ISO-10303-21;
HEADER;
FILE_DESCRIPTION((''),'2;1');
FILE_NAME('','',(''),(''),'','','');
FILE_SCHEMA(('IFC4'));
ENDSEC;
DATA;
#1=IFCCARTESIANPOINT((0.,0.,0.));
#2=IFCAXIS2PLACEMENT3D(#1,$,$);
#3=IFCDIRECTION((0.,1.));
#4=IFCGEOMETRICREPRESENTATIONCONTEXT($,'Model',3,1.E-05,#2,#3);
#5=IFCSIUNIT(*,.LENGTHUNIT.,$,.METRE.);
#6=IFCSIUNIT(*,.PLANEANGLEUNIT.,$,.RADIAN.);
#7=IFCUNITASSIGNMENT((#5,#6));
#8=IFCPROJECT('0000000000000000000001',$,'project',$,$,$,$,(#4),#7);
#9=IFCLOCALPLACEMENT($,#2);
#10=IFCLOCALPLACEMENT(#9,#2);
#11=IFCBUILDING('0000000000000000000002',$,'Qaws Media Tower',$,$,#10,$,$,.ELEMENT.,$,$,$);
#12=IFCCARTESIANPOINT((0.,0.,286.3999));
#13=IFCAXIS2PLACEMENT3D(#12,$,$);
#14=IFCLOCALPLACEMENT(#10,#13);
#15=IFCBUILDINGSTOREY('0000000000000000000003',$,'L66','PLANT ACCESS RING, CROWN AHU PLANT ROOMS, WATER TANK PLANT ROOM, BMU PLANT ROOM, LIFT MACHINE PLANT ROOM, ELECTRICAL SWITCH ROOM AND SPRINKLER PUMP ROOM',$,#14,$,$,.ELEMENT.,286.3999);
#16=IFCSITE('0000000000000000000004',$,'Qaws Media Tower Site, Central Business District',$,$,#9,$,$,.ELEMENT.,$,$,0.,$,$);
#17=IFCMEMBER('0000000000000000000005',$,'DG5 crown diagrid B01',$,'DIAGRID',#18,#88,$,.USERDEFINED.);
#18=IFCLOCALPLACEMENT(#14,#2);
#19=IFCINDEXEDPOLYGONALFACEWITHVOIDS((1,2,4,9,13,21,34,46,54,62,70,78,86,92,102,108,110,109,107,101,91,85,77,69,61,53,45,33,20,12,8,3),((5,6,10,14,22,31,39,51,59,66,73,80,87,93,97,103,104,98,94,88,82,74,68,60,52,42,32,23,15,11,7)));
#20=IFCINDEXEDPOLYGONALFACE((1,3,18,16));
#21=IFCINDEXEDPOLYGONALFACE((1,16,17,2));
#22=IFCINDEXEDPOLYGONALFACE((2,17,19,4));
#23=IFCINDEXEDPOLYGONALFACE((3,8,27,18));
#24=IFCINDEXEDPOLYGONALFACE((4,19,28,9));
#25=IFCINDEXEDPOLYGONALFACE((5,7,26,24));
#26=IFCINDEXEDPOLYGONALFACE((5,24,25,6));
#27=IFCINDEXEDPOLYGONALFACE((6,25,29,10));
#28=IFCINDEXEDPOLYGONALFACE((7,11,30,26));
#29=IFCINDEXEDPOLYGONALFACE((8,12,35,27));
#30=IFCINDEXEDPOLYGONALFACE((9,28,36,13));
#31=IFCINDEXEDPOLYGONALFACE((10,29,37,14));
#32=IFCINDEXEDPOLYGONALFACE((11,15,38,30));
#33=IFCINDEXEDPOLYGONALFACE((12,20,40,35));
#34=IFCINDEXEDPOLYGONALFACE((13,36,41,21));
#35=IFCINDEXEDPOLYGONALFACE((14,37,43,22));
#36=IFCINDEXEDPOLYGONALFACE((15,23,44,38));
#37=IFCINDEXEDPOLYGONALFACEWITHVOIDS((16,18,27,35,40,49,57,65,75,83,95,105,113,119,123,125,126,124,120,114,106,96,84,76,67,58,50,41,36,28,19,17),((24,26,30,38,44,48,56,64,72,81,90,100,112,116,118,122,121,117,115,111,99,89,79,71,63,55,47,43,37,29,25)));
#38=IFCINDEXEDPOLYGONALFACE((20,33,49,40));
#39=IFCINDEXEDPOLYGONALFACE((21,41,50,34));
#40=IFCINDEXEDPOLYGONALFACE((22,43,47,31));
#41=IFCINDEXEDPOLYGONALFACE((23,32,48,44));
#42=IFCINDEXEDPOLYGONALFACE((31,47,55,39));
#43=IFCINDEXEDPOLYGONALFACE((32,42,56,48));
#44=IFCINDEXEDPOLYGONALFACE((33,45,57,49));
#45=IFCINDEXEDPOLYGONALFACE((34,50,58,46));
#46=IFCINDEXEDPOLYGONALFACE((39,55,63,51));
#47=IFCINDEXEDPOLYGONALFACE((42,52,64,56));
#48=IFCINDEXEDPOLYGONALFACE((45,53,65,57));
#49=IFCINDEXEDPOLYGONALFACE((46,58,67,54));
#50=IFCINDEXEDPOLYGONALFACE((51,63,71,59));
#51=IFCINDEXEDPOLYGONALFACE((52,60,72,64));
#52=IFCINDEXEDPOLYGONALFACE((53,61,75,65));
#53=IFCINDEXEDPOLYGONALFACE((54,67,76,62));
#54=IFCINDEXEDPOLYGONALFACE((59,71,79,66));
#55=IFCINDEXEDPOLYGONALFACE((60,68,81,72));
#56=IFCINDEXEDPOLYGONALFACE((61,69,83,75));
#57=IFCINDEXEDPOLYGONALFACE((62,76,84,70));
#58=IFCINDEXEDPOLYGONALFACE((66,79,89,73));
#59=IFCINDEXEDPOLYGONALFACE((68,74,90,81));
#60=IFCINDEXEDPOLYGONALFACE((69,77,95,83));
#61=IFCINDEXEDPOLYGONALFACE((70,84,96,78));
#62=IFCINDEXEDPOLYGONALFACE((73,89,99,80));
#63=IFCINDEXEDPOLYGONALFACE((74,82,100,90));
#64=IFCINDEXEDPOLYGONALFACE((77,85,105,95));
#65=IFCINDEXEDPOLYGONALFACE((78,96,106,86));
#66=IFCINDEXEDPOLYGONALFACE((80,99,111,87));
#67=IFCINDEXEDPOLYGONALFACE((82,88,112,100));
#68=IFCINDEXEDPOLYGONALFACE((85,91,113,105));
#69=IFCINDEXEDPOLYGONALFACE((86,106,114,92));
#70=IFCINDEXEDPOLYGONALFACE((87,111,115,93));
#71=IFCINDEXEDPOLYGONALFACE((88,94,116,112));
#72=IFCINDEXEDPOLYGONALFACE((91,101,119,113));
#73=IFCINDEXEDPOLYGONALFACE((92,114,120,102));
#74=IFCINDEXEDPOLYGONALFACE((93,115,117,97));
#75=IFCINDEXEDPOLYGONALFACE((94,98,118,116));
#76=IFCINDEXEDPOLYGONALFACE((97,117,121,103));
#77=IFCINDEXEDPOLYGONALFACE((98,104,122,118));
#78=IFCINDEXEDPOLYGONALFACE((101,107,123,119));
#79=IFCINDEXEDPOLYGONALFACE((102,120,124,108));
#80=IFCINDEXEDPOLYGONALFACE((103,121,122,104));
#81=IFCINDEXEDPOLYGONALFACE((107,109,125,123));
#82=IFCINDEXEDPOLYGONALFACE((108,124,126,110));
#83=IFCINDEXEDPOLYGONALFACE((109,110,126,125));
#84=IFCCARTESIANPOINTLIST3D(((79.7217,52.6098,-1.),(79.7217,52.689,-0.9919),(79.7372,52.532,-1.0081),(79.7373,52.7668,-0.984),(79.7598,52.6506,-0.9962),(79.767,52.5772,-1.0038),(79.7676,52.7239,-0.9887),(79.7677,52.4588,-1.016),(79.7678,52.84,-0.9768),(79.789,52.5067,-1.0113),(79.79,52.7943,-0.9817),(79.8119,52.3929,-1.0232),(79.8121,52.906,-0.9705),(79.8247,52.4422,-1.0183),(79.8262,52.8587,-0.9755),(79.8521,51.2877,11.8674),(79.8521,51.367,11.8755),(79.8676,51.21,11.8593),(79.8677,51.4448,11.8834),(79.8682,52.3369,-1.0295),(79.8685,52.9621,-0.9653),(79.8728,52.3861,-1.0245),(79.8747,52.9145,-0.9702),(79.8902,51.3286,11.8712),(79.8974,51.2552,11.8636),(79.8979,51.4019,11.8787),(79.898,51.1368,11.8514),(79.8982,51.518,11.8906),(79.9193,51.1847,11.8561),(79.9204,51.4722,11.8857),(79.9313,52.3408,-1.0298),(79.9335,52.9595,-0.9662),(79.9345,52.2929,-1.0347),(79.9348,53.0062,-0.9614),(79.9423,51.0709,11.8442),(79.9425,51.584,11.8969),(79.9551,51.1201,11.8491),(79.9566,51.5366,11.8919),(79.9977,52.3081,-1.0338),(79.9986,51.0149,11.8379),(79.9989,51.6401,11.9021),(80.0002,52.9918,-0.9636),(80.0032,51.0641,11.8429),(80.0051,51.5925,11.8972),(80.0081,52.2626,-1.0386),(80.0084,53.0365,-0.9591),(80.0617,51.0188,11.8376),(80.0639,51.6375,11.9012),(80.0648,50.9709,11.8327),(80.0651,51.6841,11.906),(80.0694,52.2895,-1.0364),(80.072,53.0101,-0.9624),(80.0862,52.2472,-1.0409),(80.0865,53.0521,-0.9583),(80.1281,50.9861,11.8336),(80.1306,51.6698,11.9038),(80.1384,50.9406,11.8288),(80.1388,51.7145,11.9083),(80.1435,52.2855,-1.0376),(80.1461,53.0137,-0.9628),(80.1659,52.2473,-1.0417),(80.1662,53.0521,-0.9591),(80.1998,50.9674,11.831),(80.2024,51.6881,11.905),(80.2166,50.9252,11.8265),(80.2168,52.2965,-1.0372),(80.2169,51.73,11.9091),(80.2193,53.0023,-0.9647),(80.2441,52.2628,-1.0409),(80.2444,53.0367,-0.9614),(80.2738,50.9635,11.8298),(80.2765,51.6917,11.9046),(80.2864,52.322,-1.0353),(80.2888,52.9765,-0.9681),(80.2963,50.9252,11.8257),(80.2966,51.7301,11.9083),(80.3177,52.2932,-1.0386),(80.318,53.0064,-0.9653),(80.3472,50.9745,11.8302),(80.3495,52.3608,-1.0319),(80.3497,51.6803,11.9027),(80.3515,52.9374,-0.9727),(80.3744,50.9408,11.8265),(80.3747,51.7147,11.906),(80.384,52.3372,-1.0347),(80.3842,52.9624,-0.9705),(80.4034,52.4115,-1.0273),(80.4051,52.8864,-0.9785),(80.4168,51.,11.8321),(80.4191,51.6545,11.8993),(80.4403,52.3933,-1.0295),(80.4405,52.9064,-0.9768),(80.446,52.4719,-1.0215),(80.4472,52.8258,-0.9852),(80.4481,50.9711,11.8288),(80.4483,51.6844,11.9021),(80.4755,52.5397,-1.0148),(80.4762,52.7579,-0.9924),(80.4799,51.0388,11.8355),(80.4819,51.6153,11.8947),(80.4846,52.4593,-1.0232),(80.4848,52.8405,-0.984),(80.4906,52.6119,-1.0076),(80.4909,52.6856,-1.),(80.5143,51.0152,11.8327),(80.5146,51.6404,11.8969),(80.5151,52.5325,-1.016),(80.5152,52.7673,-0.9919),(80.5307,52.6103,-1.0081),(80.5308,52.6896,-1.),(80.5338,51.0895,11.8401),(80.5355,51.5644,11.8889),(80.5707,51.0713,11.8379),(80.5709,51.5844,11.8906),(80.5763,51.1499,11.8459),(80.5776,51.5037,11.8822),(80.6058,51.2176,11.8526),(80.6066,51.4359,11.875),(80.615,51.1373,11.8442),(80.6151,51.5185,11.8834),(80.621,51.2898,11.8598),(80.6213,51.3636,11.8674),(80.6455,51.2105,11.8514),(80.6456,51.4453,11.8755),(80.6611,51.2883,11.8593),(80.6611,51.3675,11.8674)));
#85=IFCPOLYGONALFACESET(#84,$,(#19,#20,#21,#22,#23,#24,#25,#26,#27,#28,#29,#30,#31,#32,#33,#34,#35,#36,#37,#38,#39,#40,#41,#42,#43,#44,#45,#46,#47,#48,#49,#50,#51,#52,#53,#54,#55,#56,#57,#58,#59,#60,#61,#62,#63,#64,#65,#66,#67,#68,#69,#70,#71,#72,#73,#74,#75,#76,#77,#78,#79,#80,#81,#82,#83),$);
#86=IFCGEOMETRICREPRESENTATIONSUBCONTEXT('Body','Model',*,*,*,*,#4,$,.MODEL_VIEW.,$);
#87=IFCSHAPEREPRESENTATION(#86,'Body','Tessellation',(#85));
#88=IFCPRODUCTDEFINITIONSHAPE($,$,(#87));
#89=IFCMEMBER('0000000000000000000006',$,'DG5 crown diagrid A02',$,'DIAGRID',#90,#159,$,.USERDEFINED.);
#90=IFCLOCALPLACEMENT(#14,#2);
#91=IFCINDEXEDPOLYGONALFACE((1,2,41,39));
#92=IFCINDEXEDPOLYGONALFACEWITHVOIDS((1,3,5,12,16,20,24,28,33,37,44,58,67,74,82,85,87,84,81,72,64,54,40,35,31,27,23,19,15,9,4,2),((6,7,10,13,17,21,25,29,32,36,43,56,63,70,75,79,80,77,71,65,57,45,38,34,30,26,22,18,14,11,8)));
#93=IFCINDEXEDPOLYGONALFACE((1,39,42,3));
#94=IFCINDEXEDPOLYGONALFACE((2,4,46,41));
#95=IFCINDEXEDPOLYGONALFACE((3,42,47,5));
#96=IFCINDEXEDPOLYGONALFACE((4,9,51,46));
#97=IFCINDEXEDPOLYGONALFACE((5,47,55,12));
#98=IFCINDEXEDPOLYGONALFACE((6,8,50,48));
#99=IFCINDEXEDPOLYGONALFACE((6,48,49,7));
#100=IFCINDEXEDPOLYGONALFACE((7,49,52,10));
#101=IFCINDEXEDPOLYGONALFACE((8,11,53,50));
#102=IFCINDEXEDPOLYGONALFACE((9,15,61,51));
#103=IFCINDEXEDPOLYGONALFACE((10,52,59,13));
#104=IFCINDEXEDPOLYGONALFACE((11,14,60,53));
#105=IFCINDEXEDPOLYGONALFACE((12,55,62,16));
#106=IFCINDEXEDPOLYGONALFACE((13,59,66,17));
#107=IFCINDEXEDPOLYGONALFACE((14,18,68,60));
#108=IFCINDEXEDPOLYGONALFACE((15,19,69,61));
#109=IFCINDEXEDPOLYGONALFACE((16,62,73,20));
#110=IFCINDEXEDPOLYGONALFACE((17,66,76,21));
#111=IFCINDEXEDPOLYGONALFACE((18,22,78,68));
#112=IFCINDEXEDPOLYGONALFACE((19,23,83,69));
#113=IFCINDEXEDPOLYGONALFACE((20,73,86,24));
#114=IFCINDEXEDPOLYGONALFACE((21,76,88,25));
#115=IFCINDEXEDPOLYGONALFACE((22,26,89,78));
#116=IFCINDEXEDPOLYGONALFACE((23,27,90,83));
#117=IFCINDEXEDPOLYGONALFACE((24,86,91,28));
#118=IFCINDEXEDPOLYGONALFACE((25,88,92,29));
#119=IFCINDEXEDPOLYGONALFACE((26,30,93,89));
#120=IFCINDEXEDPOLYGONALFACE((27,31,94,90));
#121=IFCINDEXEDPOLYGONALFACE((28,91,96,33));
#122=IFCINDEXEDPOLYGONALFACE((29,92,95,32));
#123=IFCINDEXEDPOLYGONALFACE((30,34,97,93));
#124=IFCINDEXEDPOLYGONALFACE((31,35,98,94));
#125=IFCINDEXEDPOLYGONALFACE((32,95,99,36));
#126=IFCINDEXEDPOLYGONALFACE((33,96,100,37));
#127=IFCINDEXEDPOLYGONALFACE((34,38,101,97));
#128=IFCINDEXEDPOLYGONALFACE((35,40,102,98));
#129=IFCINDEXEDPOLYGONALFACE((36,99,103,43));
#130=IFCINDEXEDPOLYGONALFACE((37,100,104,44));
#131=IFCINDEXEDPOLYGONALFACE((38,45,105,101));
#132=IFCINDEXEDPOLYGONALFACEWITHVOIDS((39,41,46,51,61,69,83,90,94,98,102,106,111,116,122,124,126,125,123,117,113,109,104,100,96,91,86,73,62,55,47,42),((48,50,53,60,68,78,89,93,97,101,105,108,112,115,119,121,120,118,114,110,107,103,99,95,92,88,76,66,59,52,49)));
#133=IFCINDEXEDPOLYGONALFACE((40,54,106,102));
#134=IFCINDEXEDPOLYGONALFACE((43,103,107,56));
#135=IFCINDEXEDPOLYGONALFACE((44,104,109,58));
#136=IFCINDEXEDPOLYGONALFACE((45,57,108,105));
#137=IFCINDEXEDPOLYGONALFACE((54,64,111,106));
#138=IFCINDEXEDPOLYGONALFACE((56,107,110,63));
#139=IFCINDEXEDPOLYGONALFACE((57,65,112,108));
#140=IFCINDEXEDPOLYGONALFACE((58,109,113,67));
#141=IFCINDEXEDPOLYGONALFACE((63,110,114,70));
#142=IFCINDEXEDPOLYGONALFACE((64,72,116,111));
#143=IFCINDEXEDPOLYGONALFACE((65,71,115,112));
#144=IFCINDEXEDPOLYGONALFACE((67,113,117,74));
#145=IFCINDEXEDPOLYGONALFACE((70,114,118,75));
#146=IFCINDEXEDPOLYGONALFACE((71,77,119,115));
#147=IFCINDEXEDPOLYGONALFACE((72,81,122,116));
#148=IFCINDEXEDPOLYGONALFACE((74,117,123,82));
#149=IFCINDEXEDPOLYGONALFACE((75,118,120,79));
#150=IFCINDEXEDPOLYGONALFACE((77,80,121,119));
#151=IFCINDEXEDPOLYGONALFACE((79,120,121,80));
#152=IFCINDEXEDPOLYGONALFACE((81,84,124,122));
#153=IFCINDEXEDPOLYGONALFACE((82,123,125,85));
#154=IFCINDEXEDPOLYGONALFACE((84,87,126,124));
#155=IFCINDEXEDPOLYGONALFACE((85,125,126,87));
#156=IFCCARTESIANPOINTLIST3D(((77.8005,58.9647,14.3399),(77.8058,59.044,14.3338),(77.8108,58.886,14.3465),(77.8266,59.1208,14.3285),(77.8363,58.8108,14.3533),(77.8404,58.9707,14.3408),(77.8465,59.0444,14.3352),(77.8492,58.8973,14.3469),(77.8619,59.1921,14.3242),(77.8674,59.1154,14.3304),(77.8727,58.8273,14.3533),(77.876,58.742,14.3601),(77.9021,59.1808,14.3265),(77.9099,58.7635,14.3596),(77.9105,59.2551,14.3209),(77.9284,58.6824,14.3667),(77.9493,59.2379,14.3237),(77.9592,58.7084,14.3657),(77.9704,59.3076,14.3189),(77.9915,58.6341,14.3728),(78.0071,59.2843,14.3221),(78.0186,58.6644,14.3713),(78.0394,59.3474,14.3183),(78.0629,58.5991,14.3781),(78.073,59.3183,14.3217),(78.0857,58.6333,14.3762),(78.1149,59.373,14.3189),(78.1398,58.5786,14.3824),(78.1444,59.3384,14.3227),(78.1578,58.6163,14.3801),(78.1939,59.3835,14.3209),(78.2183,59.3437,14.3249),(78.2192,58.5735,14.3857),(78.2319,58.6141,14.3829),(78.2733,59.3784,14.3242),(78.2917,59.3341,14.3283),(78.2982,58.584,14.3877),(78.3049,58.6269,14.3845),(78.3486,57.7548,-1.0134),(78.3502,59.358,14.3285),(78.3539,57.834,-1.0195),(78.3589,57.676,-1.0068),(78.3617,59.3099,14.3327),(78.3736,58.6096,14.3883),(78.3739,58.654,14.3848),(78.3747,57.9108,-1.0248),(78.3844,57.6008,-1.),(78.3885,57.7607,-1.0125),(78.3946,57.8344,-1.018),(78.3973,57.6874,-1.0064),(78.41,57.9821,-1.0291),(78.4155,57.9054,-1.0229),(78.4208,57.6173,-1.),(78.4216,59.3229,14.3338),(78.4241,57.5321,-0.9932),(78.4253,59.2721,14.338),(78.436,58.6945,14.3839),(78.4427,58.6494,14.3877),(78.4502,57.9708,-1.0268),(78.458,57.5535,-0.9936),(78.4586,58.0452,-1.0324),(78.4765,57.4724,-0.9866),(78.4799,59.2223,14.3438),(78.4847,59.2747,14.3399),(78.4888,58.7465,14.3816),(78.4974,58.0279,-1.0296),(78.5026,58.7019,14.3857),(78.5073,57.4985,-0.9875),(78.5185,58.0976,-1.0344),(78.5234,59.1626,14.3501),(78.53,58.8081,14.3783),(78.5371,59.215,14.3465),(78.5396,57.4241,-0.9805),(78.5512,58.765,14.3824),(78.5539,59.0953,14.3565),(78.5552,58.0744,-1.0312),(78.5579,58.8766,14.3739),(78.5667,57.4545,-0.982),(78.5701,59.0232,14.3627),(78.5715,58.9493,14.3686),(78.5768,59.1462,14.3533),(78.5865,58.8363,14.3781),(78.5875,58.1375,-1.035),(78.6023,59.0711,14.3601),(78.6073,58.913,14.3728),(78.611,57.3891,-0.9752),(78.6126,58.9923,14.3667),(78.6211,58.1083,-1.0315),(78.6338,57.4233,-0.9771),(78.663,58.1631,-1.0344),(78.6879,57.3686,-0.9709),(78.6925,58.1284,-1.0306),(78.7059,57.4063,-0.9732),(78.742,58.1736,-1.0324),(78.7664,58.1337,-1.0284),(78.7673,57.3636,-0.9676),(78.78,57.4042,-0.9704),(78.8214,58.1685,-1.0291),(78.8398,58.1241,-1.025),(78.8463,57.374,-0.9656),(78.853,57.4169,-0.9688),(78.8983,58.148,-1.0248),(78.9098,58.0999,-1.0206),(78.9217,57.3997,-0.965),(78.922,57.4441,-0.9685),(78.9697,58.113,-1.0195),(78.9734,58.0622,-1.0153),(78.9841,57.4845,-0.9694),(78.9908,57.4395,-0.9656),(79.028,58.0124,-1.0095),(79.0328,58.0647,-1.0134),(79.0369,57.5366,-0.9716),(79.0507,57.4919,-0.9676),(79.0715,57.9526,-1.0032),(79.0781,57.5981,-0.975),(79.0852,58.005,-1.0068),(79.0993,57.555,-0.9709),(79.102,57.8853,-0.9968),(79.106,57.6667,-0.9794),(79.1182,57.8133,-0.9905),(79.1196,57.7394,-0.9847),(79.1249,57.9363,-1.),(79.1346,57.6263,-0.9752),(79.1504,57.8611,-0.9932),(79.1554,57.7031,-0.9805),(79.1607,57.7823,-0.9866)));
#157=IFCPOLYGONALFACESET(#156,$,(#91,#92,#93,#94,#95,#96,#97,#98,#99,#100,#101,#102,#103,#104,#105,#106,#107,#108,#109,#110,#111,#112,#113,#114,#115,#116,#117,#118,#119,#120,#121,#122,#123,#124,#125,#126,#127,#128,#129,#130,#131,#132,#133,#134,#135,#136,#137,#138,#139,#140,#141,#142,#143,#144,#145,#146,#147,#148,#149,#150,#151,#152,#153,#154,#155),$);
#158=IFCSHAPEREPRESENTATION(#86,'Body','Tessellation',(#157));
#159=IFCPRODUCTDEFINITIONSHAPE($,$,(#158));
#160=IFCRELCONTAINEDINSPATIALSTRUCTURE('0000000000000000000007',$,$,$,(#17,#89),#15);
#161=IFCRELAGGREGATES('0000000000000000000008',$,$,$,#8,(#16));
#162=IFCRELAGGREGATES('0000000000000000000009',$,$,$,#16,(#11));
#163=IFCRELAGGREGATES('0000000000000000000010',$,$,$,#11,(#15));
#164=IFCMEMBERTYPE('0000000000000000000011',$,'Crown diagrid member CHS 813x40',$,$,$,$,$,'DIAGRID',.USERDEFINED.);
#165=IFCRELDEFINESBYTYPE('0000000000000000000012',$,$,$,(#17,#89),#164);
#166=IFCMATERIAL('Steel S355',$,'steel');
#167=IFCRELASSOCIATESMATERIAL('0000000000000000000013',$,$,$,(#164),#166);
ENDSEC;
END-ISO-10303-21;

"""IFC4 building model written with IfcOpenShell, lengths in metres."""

from ifc_helpers import new_model, si_unit, direction, frame, origin, origin_2d, place, context, subcontext, project, spatial, hollow_circle, extrude, material, material_profile, profile_set, type_object, element, save


model = new_model("IFC4")

# Units and contexts
model_context = context("Model", 3, precision=1e-05, world=origin(), true_north=direction((0.0, 1.0)))
body_context = subcontext(model_context, "Body", "Model", "MODEL_VIEW")
ifc_project = project(units=[si_unit("LENGTHUNIT", "METRE"), si_unit("PLANEANGLEUNIT", "RADIAN")], contexts=[model_context])

# Site, building, storey
site_placement = place(None, origin())
site = spatial("IfcSite", under=ifc_project, at=site_placement, Name="Qaws Media Tower Site, Central Business District", CompositionType="ELEMENT", RefElevation=0.0)
building_placement = place(site_placement, origin())
building = spatial("IfcBuilding", under=site, at=building_placement, Name="Qaws Media Tower", CompositionType="ELEMENT")
storey_placement = place(building_placement, frame((0.0, 0.0, 286.3999)))
storey = spatial("IfcBuildingStorey", under=building, at=storey_placement, Name="L66", Description="PLANT ACCESS RING, CROWN AHU PLANT ROOMS, WATER TANK PLANT ROOM, BMU PLANT ROOM, LIFT MACHINE PLANT ROOM, ELECTRICAL SWITCH ROOM AND SPRINKLER PUMP ROOM", CompositionType="ELEMENT", Elevation=286.3999)

# Members
ifc_material_1 = material(Name="Steel S355", Category="steel")
ifc_material_profile_1 = material_profile(ifc_material_1, hollow_circle(Radius=0.4065, WallThickness=0.04, at=origin_2d()), Name="CHS 813x40")
ifc_profile_set_1 = profile_set([ifc_material_profile_1], Name="Steel S355")
member_type = type_object("IfcMemberType", Name="Crown diagrid member CHS 813x40", ElementType="DIAGRID", PredefinedType="USERDEFINED", material=ifc_profile_set_1)
member_1_placement = place(storey_placement, frame((80.1262, 52.6497, -1.0), z_axis=(0.010078, -0.102198, 0.994713), x_axis=(0.995173, 0.098139, 0.0)))
element("IfcMember", 1, at=member_1_placement, inside=storey, type_object=member_type, Name="DG5 crown diagrid B01", ObjectType="DIAGRID", PredefinedType="USERDEFINED", context=body_context, shape_type="SweptSolid", body=[
    extrude(hollow_circle(Radius=0.4065, WallThickness=0.04, at=origin_2d()), origin(), (0.0, 0.0, 1.0), 12.9358),
])
member_2_placement = place(storey_placement, frame((78.7546, 57.7686, -1.0), z_axis=(-0.035566, 0.078515, 0.996278), x_axis=(-0.910901, -0.412626, 0.0)))
element("IfcMember", 2, at=member_2_placement, inside=storey, type_object=member_type, Name="DG5 crown diagrid A02", ObjectType="DIAGRID", PredefinedType="USERDEFINED", context=body_context, shape_type="SweptSolid", body=[
    extrude(hollow_circle(Radius=0.4065, WallThickness=0.04, at=origin_2d()), origin(), (0.0, 0.0, 1.0), 15.4106),
])

save(model, "model.ifc")
